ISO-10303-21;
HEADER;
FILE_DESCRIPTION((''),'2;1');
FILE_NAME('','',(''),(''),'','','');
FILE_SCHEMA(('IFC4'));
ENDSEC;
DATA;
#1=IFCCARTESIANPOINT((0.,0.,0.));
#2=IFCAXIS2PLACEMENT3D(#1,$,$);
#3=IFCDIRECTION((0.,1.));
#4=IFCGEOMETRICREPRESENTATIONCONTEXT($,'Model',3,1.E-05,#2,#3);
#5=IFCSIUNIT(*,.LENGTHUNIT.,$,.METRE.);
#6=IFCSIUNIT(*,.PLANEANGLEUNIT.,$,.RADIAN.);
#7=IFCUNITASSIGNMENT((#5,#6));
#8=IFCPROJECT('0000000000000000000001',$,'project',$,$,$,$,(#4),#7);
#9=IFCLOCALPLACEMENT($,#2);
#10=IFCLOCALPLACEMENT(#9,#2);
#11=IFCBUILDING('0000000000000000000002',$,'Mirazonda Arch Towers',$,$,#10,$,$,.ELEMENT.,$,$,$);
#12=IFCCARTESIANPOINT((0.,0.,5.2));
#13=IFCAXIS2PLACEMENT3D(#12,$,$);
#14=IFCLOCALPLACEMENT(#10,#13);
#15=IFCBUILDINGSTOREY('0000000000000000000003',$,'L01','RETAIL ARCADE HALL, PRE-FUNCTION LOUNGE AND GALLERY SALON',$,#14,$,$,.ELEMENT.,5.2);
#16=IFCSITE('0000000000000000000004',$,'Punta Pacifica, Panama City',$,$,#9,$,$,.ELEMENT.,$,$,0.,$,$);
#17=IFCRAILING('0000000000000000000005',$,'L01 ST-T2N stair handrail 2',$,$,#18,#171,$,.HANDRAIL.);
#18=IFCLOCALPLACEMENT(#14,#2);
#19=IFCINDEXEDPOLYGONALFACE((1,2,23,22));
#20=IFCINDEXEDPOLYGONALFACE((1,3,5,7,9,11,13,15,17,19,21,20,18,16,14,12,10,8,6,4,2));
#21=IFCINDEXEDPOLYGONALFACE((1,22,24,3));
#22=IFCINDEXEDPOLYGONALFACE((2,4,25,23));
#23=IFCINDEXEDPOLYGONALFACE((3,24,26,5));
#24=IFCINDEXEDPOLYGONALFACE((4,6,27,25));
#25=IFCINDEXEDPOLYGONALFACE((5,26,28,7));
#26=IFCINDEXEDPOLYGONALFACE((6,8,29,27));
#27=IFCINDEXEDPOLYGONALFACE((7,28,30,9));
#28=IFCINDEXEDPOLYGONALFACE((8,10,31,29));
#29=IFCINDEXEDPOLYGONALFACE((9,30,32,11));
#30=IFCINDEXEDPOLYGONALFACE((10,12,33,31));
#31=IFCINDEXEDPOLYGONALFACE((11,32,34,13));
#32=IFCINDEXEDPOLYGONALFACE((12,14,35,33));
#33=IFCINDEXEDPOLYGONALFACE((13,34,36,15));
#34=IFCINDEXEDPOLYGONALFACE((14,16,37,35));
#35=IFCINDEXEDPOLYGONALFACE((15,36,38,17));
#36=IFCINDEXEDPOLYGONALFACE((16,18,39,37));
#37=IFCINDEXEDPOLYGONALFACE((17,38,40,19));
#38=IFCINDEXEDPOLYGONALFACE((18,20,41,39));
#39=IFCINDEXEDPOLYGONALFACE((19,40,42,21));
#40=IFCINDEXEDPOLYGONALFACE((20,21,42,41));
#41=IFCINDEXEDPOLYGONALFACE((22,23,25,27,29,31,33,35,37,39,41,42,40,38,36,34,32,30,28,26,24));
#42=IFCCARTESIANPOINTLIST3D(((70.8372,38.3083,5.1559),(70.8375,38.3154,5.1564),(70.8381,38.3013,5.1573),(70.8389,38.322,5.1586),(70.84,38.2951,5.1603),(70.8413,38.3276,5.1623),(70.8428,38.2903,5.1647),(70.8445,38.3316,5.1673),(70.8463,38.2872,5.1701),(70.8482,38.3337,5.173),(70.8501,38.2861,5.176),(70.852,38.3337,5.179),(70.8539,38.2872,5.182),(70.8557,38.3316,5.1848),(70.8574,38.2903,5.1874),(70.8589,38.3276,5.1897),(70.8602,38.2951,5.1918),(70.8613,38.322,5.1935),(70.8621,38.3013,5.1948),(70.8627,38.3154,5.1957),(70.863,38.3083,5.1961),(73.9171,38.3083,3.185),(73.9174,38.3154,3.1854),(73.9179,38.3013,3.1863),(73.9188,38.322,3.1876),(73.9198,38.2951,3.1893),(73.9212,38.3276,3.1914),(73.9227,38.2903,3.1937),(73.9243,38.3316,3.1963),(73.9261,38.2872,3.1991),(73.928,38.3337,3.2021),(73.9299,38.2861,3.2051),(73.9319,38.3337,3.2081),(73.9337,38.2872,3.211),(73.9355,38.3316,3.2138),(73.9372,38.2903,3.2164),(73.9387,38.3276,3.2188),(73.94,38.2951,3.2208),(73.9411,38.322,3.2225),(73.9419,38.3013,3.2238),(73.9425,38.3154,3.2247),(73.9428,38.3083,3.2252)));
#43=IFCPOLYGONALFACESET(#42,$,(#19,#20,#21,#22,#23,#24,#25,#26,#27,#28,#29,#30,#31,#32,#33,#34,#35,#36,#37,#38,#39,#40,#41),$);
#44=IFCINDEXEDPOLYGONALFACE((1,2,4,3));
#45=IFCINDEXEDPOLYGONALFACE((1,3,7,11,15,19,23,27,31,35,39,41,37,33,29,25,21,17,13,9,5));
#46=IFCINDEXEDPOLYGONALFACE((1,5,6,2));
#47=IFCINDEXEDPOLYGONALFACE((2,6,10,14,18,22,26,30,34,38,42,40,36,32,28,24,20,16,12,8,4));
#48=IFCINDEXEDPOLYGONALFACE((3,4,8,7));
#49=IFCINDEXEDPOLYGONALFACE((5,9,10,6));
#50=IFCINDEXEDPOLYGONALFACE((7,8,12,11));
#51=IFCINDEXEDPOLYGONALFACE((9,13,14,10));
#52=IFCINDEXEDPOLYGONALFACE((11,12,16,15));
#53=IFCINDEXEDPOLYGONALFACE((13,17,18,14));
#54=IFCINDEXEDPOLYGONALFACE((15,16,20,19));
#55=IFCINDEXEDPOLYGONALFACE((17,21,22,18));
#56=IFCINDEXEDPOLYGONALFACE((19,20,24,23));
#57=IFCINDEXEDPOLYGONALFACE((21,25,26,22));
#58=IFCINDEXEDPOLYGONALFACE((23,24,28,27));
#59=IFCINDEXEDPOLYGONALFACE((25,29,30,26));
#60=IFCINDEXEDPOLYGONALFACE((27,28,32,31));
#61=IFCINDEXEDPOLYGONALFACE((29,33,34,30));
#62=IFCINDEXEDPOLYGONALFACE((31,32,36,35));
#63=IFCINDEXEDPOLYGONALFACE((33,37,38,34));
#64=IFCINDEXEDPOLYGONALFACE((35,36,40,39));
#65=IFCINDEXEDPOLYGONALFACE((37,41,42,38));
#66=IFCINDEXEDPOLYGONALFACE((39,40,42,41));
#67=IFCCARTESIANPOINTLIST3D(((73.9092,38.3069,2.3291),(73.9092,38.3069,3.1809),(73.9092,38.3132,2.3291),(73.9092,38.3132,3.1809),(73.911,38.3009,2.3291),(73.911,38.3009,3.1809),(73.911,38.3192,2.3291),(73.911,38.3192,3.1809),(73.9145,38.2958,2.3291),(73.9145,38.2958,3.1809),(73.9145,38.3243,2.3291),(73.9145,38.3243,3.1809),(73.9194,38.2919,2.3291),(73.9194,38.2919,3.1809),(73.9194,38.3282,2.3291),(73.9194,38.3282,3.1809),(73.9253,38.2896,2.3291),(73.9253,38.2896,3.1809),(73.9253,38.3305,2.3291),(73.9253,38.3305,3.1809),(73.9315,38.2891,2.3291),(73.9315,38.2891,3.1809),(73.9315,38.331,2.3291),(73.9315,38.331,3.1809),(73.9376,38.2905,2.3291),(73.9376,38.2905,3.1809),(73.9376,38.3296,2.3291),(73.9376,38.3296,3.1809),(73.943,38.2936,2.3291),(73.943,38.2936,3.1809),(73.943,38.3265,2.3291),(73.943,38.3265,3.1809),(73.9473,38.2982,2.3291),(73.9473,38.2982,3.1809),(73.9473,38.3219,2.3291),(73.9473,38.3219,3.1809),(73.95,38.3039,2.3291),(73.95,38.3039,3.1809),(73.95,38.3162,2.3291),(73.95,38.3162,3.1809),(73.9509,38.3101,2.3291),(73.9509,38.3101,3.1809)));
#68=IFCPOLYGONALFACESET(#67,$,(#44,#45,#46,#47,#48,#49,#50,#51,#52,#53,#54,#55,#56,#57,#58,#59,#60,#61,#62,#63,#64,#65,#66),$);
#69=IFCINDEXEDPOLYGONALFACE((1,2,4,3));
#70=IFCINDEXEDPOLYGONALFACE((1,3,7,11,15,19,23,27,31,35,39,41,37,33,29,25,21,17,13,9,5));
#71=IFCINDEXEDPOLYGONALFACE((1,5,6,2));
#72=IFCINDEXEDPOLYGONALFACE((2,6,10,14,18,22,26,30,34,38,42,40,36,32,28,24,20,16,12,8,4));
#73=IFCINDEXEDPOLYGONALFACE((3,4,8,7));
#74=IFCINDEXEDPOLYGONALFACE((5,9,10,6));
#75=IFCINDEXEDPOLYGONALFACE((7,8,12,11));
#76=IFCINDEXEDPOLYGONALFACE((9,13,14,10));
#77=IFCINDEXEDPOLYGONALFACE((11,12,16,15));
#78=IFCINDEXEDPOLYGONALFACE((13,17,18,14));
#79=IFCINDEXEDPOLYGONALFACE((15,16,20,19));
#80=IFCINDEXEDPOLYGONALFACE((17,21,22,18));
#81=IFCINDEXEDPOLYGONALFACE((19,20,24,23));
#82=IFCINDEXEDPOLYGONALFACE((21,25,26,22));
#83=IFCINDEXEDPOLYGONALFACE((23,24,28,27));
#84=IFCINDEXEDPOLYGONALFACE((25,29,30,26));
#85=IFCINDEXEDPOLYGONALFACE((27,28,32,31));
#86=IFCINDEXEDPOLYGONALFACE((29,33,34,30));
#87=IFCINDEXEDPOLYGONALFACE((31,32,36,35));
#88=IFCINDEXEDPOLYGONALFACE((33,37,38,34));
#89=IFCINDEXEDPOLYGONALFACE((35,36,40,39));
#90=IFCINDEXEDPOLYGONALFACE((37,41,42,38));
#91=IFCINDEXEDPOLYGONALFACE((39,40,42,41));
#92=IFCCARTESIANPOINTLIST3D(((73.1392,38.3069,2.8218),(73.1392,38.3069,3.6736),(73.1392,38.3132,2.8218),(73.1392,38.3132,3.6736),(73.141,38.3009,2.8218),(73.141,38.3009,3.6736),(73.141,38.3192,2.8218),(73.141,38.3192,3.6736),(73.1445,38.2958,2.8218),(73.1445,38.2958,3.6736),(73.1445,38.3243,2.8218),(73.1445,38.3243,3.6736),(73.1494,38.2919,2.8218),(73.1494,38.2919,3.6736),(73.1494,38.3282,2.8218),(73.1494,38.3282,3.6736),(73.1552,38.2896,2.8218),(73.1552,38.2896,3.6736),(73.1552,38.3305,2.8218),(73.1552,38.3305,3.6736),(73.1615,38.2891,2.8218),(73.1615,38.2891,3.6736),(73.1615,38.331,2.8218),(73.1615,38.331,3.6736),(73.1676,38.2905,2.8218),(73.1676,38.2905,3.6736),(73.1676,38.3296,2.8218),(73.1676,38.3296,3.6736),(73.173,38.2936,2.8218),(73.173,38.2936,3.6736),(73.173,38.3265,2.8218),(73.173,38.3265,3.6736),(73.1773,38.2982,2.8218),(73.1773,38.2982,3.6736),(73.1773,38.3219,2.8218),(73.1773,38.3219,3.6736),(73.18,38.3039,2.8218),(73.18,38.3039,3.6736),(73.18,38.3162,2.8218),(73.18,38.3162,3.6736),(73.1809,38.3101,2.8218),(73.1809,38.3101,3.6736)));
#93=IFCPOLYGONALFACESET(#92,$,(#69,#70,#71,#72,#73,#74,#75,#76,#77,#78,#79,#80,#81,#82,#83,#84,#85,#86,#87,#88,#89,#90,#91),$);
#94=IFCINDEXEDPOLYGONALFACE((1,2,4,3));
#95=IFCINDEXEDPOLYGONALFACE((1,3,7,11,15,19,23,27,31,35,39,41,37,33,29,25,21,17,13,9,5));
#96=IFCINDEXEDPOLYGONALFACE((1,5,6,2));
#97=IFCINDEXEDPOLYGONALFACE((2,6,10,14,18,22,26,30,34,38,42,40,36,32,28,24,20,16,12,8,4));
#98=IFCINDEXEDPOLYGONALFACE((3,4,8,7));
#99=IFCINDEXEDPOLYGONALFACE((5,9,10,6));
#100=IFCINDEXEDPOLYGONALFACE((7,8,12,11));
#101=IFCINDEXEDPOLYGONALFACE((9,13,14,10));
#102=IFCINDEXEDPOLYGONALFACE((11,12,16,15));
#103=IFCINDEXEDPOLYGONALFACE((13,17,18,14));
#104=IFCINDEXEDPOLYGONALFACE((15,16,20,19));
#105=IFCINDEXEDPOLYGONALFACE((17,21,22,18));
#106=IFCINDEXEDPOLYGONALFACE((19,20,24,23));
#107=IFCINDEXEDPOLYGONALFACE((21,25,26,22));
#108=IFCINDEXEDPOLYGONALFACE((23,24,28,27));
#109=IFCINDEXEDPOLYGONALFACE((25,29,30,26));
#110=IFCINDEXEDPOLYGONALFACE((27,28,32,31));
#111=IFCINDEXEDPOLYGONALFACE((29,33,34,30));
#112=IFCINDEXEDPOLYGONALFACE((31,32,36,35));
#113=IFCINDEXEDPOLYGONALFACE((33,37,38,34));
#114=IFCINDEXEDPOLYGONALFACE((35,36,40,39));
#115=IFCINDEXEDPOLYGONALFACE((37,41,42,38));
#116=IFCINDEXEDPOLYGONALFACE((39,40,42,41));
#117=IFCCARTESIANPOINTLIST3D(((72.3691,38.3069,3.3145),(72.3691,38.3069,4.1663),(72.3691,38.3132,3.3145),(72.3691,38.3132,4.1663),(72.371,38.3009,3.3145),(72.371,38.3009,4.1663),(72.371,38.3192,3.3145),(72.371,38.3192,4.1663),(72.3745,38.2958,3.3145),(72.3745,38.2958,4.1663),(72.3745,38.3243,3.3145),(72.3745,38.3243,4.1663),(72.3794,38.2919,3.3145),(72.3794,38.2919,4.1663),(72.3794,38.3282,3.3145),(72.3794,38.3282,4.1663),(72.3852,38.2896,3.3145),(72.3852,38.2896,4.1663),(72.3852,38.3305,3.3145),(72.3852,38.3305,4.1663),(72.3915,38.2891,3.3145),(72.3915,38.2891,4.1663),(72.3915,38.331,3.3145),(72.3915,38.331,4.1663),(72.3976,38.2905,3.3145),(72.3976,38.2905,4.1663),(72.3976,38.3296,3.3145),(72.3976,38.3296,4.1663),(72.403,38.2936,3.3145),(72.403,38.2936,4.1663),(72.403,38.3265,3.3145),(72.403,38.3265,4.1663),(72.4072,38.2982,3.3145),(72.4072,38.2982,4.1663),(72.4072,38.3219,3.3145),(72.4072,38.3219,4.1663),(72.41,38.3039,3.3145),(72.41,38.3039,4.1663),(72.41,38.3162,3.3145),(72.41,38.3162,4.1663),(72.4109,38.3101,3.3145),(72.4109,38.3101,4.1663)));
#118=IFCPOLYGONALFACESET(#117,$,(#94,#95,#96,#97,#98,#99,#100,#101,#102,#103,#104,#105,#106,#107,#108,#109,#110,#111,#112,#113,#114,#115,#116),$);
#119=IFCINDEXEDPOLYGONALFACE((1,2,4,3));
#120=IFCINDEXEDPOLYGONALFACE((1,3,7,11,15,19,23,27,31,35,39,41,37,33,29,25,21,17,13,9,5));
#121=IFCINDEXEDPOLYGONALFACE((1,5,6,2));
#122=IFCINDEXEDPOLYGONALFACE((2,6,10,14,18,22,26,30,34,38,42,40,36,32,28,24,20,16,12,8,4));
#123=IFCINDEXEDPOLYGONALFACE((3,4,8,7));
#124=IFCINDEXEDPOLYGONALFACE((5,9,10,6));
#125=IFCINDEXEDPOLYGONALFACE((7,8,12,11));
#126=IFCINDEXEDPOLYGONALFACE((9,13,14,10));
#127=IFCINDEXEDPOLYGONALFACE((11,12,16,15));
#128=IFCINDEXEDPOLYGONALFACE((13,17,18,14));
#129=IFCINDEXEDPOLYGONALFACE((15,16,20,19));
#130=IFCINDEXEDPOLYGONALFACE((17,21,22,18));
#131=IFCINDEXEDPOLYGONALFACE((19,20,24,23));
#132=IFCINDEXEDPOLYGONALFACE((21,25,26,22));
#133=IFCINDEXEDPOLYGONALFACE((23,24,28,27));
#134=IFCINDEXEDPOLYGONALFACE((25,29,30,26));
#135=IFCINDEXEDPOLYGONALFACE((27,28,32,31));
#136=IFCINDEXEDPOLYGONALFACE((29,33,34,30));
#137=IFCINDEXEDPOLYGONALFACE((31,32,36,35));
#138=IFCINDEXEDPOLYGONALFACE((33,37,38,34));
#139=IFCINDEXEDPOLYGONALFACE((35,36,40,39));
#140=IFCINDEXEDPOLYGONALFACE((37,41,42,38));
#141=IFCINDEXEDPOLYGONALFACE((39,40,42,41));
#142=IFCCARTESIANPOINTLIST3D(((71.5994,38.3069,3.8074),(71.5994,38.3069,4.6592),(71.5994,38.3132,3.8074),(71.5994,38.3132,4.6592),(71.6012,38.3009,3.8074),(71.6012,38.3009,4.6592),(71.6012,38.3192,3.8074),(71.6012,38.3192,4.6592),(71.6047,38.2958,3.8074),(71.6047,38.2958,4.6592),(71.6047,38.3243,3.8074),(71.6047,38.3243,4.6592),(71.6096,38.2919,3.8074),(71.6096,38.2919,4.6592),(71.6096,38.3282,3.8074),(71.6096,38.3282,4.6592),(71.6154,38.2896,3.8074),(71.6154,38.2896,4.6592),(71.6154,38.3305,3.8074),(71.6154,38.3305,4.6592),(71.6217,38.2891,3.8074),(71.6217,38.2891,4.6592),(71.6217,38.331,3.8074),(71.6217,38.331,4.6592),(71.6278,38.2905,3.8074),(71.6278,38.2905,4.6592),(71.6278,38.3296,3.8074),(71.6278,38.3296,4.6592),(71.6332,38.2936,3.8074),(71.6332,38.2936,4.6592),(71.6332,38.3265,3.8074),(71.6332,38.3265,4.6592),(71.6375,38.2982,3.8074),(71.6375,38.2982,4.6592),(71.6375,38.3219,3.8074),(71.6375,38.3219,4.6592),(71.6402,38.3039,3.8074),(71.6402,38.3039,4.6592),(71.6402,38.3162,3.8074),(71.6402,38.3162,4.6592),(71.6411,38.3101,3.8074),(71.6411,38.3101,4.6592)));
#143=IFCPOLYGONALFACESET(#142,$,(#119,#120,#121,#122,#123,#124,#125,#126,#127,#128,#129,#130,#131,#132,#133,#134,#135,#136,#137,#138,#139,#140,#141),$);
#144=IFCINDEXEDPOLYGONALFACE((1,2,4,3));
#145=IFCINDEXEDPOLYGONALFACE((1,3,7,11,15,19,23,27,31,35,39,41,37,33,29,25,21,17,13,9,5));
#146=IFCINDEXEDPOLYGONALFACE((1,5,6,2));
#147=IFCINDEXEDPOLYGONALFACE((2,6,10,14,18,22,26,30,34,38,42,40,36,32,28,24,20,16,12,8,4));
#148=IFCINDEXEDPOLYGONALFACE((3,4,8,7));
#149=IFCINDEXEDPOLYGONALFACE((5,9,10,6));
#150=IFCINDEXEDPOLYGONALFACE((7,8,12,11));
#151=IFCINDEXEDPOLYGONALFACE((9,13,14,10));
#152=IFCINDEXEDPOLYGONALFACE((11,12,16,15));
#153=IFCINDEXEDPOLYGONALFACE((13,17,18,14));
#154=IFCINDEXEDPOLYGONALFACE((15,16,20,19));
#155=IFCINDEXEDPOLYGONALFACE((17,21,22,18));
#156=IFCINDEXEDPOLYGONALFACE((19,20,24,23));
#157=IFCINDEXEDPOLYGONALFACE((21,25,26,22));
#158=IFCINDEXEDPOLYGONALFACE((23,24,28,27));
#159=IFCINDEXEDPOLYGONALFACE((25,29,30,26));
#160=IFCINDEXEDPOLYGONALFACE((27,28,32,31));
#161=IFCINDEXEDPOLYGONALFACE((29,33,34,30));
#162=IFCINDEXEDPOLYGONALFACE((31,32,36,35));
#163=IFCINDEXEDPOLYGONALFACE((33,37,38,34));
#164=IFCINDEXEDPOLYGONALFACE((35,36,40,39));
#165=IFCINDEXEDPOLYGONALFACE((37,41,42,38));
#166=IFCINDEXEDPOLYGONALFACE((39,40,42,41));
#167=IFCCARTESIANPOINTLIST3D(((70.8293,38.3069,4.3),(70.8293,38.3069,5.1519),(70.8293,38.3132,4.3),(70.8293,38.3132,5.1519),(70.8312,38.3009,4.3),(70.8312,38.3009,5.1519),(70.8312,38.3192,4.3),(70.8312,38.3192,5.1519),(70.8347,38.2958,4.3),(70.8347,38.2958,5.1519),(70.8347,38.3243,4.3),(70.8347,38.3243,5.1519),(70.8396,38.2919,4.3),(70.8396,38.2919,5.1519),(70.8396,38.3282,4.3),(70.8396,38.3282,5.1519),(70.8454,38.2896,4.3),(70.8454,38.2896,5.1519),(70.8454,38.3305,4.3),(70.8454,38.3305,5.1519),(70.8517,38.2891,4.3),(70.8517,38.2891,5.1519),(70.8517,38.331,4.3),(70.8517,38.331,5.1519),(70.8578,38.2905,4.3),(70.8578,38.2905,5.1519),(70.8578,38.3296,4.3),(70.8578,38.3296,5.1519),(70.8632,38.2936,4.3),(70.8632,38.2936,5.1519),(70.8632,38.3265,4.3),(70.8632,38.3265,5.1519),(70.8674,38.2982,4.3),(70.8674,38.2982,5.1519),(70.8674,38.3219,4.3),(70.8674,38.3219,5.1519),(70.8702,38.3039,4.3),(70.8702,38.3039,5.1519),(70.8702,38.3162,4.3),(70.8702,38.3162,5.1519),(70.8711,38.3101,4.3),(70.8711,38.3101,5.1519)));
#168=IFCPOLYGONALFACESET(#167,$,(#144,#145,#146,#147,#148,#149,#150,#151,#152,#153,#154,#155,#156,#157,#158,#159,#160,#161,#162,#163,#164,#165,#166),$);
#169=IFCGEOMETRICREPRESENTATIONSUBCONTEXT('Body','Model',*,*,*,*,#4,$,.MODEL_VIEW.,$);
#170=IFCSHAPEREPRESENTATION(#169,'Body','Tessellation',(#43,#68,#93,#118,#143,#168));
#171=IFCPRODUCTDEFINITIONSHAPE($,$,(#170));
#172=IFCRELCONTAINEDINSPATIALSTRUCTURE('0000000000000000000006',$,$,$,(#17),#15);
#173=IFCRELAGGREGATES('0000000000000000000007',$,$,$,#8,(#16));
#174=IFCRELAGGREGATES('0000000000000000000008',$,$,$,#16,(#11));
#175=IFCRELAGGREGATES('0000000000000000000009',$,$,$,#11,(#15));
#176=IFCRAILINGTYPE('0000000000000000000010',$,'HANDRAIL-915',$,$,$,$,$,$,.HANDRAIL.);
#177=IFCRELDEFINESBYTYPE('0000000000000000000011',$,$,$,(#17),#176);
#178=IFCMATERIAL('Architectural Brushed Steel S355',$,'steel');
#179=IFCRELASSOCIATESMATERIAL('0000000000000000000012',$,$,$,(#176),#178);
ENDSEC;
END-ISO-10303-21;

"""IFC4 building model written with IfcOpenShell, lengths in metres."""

from ifc_helpers import new_model, si_unit, direction, frame, origin, origin_2d, place, context, subcontext, project, spatial, circle, extrude, material, type_object, element, save


model = new_model("IFC4")

# Units and contexts
model_context = context("Model", 3, precision=1e-05, world=origin(), true_north=direction((0.0, 1.0)))
body_context = subcontext(model_context, "Body", "Model", "MODEL_VIEW")
ifc_project = project(units=[si_unit("LENGTHUNIT", "METRE"), si_unit("PLANEANGLEUNIT", "RADIAN")], contexts=[model_context])

# Site, building, storey
site_placement = place(None, origin())
site = spatial("IfcSite", under=ifc_project, at=site_placement, Name="Punta Pacifica, Panama City", CompositionType="ELEMENT", RefElevation=0.0)
building_placement = place(site_placement, origin())
building = spatial("IfcBuilding", under=site, at=building_placement, Name="Mirazonda Arch Towers", CompositionType="ELEMENT")
storey_placement = place(building_placement, frame((0.0, 0.0, 5.2)))
storey = spatial("IfcBuildingStorey", under=building, at=storey_placement, Name="L01", Description="RETAIL ARCADE HALL, PRE-FUNCTION LOUNGE AND GALLERY SALON", CompositionType="ELEMENT", Elevation=5.2)

# Railing
ifc_material_1 = material(Name="Architectural Brushed Steel S355", Category="steel")
railing_type_1 = type_object("IfcRailingType", Name="HANDRAIL-915", PredefinedType="HANDRAIL", material=ifc_material_1)
railing_1_placement = place(storey_placement, frame((73.9299, 38.3101, 2.3291)))
element("IfcRailing", 1, at=railing_1_placement, inside=storey, type_object=railing_type_1, Name="L01 ST-T2N stair handrail 2", PredefinedType="HANDRAIL", context=body_context, shape_type="SweptSolid", body=[
    extrude(circle(Radius=0.0239, at=origin_2d()), frame((0.0, 0.0, 0.876), z_axis=(-0.84229, 0.0, 0.539025), x_axis=(0.0, -1.0, 0.0)), (0.0, 0.0, 1.0), 3.6565),
    extrude(circle(Radius=0.021, at=origin_2d()), origin(), (0.0, 0.0, 1.0), 0.8518),
    extrude(circle(Radius=0.021, at=origin_2d()), frame((-0.77, 0.0, 0.4927)), (0.0, 0.0, 1.0), 0.8518),
    extrude(circle(Radius=0.021, at=origin_2d()), frame((-1.54, 0.0, 0.9854)), (0.0, 0.0, 1.0), 0.8518),
    extrude(circle(Radius=0.021, at=origin_2d()), frame((-2.3098, 0.0, 1.4783)), (0.0, 0.0, 1.0), 0.8518),
    extrude(circle(Radius=0.021, at=origin_2d()), frame((-3.0798, 0.0, 1.9709)), (0.0, 0.0, 1.0), 0.8518),
])

save(model, "model.ifc")
